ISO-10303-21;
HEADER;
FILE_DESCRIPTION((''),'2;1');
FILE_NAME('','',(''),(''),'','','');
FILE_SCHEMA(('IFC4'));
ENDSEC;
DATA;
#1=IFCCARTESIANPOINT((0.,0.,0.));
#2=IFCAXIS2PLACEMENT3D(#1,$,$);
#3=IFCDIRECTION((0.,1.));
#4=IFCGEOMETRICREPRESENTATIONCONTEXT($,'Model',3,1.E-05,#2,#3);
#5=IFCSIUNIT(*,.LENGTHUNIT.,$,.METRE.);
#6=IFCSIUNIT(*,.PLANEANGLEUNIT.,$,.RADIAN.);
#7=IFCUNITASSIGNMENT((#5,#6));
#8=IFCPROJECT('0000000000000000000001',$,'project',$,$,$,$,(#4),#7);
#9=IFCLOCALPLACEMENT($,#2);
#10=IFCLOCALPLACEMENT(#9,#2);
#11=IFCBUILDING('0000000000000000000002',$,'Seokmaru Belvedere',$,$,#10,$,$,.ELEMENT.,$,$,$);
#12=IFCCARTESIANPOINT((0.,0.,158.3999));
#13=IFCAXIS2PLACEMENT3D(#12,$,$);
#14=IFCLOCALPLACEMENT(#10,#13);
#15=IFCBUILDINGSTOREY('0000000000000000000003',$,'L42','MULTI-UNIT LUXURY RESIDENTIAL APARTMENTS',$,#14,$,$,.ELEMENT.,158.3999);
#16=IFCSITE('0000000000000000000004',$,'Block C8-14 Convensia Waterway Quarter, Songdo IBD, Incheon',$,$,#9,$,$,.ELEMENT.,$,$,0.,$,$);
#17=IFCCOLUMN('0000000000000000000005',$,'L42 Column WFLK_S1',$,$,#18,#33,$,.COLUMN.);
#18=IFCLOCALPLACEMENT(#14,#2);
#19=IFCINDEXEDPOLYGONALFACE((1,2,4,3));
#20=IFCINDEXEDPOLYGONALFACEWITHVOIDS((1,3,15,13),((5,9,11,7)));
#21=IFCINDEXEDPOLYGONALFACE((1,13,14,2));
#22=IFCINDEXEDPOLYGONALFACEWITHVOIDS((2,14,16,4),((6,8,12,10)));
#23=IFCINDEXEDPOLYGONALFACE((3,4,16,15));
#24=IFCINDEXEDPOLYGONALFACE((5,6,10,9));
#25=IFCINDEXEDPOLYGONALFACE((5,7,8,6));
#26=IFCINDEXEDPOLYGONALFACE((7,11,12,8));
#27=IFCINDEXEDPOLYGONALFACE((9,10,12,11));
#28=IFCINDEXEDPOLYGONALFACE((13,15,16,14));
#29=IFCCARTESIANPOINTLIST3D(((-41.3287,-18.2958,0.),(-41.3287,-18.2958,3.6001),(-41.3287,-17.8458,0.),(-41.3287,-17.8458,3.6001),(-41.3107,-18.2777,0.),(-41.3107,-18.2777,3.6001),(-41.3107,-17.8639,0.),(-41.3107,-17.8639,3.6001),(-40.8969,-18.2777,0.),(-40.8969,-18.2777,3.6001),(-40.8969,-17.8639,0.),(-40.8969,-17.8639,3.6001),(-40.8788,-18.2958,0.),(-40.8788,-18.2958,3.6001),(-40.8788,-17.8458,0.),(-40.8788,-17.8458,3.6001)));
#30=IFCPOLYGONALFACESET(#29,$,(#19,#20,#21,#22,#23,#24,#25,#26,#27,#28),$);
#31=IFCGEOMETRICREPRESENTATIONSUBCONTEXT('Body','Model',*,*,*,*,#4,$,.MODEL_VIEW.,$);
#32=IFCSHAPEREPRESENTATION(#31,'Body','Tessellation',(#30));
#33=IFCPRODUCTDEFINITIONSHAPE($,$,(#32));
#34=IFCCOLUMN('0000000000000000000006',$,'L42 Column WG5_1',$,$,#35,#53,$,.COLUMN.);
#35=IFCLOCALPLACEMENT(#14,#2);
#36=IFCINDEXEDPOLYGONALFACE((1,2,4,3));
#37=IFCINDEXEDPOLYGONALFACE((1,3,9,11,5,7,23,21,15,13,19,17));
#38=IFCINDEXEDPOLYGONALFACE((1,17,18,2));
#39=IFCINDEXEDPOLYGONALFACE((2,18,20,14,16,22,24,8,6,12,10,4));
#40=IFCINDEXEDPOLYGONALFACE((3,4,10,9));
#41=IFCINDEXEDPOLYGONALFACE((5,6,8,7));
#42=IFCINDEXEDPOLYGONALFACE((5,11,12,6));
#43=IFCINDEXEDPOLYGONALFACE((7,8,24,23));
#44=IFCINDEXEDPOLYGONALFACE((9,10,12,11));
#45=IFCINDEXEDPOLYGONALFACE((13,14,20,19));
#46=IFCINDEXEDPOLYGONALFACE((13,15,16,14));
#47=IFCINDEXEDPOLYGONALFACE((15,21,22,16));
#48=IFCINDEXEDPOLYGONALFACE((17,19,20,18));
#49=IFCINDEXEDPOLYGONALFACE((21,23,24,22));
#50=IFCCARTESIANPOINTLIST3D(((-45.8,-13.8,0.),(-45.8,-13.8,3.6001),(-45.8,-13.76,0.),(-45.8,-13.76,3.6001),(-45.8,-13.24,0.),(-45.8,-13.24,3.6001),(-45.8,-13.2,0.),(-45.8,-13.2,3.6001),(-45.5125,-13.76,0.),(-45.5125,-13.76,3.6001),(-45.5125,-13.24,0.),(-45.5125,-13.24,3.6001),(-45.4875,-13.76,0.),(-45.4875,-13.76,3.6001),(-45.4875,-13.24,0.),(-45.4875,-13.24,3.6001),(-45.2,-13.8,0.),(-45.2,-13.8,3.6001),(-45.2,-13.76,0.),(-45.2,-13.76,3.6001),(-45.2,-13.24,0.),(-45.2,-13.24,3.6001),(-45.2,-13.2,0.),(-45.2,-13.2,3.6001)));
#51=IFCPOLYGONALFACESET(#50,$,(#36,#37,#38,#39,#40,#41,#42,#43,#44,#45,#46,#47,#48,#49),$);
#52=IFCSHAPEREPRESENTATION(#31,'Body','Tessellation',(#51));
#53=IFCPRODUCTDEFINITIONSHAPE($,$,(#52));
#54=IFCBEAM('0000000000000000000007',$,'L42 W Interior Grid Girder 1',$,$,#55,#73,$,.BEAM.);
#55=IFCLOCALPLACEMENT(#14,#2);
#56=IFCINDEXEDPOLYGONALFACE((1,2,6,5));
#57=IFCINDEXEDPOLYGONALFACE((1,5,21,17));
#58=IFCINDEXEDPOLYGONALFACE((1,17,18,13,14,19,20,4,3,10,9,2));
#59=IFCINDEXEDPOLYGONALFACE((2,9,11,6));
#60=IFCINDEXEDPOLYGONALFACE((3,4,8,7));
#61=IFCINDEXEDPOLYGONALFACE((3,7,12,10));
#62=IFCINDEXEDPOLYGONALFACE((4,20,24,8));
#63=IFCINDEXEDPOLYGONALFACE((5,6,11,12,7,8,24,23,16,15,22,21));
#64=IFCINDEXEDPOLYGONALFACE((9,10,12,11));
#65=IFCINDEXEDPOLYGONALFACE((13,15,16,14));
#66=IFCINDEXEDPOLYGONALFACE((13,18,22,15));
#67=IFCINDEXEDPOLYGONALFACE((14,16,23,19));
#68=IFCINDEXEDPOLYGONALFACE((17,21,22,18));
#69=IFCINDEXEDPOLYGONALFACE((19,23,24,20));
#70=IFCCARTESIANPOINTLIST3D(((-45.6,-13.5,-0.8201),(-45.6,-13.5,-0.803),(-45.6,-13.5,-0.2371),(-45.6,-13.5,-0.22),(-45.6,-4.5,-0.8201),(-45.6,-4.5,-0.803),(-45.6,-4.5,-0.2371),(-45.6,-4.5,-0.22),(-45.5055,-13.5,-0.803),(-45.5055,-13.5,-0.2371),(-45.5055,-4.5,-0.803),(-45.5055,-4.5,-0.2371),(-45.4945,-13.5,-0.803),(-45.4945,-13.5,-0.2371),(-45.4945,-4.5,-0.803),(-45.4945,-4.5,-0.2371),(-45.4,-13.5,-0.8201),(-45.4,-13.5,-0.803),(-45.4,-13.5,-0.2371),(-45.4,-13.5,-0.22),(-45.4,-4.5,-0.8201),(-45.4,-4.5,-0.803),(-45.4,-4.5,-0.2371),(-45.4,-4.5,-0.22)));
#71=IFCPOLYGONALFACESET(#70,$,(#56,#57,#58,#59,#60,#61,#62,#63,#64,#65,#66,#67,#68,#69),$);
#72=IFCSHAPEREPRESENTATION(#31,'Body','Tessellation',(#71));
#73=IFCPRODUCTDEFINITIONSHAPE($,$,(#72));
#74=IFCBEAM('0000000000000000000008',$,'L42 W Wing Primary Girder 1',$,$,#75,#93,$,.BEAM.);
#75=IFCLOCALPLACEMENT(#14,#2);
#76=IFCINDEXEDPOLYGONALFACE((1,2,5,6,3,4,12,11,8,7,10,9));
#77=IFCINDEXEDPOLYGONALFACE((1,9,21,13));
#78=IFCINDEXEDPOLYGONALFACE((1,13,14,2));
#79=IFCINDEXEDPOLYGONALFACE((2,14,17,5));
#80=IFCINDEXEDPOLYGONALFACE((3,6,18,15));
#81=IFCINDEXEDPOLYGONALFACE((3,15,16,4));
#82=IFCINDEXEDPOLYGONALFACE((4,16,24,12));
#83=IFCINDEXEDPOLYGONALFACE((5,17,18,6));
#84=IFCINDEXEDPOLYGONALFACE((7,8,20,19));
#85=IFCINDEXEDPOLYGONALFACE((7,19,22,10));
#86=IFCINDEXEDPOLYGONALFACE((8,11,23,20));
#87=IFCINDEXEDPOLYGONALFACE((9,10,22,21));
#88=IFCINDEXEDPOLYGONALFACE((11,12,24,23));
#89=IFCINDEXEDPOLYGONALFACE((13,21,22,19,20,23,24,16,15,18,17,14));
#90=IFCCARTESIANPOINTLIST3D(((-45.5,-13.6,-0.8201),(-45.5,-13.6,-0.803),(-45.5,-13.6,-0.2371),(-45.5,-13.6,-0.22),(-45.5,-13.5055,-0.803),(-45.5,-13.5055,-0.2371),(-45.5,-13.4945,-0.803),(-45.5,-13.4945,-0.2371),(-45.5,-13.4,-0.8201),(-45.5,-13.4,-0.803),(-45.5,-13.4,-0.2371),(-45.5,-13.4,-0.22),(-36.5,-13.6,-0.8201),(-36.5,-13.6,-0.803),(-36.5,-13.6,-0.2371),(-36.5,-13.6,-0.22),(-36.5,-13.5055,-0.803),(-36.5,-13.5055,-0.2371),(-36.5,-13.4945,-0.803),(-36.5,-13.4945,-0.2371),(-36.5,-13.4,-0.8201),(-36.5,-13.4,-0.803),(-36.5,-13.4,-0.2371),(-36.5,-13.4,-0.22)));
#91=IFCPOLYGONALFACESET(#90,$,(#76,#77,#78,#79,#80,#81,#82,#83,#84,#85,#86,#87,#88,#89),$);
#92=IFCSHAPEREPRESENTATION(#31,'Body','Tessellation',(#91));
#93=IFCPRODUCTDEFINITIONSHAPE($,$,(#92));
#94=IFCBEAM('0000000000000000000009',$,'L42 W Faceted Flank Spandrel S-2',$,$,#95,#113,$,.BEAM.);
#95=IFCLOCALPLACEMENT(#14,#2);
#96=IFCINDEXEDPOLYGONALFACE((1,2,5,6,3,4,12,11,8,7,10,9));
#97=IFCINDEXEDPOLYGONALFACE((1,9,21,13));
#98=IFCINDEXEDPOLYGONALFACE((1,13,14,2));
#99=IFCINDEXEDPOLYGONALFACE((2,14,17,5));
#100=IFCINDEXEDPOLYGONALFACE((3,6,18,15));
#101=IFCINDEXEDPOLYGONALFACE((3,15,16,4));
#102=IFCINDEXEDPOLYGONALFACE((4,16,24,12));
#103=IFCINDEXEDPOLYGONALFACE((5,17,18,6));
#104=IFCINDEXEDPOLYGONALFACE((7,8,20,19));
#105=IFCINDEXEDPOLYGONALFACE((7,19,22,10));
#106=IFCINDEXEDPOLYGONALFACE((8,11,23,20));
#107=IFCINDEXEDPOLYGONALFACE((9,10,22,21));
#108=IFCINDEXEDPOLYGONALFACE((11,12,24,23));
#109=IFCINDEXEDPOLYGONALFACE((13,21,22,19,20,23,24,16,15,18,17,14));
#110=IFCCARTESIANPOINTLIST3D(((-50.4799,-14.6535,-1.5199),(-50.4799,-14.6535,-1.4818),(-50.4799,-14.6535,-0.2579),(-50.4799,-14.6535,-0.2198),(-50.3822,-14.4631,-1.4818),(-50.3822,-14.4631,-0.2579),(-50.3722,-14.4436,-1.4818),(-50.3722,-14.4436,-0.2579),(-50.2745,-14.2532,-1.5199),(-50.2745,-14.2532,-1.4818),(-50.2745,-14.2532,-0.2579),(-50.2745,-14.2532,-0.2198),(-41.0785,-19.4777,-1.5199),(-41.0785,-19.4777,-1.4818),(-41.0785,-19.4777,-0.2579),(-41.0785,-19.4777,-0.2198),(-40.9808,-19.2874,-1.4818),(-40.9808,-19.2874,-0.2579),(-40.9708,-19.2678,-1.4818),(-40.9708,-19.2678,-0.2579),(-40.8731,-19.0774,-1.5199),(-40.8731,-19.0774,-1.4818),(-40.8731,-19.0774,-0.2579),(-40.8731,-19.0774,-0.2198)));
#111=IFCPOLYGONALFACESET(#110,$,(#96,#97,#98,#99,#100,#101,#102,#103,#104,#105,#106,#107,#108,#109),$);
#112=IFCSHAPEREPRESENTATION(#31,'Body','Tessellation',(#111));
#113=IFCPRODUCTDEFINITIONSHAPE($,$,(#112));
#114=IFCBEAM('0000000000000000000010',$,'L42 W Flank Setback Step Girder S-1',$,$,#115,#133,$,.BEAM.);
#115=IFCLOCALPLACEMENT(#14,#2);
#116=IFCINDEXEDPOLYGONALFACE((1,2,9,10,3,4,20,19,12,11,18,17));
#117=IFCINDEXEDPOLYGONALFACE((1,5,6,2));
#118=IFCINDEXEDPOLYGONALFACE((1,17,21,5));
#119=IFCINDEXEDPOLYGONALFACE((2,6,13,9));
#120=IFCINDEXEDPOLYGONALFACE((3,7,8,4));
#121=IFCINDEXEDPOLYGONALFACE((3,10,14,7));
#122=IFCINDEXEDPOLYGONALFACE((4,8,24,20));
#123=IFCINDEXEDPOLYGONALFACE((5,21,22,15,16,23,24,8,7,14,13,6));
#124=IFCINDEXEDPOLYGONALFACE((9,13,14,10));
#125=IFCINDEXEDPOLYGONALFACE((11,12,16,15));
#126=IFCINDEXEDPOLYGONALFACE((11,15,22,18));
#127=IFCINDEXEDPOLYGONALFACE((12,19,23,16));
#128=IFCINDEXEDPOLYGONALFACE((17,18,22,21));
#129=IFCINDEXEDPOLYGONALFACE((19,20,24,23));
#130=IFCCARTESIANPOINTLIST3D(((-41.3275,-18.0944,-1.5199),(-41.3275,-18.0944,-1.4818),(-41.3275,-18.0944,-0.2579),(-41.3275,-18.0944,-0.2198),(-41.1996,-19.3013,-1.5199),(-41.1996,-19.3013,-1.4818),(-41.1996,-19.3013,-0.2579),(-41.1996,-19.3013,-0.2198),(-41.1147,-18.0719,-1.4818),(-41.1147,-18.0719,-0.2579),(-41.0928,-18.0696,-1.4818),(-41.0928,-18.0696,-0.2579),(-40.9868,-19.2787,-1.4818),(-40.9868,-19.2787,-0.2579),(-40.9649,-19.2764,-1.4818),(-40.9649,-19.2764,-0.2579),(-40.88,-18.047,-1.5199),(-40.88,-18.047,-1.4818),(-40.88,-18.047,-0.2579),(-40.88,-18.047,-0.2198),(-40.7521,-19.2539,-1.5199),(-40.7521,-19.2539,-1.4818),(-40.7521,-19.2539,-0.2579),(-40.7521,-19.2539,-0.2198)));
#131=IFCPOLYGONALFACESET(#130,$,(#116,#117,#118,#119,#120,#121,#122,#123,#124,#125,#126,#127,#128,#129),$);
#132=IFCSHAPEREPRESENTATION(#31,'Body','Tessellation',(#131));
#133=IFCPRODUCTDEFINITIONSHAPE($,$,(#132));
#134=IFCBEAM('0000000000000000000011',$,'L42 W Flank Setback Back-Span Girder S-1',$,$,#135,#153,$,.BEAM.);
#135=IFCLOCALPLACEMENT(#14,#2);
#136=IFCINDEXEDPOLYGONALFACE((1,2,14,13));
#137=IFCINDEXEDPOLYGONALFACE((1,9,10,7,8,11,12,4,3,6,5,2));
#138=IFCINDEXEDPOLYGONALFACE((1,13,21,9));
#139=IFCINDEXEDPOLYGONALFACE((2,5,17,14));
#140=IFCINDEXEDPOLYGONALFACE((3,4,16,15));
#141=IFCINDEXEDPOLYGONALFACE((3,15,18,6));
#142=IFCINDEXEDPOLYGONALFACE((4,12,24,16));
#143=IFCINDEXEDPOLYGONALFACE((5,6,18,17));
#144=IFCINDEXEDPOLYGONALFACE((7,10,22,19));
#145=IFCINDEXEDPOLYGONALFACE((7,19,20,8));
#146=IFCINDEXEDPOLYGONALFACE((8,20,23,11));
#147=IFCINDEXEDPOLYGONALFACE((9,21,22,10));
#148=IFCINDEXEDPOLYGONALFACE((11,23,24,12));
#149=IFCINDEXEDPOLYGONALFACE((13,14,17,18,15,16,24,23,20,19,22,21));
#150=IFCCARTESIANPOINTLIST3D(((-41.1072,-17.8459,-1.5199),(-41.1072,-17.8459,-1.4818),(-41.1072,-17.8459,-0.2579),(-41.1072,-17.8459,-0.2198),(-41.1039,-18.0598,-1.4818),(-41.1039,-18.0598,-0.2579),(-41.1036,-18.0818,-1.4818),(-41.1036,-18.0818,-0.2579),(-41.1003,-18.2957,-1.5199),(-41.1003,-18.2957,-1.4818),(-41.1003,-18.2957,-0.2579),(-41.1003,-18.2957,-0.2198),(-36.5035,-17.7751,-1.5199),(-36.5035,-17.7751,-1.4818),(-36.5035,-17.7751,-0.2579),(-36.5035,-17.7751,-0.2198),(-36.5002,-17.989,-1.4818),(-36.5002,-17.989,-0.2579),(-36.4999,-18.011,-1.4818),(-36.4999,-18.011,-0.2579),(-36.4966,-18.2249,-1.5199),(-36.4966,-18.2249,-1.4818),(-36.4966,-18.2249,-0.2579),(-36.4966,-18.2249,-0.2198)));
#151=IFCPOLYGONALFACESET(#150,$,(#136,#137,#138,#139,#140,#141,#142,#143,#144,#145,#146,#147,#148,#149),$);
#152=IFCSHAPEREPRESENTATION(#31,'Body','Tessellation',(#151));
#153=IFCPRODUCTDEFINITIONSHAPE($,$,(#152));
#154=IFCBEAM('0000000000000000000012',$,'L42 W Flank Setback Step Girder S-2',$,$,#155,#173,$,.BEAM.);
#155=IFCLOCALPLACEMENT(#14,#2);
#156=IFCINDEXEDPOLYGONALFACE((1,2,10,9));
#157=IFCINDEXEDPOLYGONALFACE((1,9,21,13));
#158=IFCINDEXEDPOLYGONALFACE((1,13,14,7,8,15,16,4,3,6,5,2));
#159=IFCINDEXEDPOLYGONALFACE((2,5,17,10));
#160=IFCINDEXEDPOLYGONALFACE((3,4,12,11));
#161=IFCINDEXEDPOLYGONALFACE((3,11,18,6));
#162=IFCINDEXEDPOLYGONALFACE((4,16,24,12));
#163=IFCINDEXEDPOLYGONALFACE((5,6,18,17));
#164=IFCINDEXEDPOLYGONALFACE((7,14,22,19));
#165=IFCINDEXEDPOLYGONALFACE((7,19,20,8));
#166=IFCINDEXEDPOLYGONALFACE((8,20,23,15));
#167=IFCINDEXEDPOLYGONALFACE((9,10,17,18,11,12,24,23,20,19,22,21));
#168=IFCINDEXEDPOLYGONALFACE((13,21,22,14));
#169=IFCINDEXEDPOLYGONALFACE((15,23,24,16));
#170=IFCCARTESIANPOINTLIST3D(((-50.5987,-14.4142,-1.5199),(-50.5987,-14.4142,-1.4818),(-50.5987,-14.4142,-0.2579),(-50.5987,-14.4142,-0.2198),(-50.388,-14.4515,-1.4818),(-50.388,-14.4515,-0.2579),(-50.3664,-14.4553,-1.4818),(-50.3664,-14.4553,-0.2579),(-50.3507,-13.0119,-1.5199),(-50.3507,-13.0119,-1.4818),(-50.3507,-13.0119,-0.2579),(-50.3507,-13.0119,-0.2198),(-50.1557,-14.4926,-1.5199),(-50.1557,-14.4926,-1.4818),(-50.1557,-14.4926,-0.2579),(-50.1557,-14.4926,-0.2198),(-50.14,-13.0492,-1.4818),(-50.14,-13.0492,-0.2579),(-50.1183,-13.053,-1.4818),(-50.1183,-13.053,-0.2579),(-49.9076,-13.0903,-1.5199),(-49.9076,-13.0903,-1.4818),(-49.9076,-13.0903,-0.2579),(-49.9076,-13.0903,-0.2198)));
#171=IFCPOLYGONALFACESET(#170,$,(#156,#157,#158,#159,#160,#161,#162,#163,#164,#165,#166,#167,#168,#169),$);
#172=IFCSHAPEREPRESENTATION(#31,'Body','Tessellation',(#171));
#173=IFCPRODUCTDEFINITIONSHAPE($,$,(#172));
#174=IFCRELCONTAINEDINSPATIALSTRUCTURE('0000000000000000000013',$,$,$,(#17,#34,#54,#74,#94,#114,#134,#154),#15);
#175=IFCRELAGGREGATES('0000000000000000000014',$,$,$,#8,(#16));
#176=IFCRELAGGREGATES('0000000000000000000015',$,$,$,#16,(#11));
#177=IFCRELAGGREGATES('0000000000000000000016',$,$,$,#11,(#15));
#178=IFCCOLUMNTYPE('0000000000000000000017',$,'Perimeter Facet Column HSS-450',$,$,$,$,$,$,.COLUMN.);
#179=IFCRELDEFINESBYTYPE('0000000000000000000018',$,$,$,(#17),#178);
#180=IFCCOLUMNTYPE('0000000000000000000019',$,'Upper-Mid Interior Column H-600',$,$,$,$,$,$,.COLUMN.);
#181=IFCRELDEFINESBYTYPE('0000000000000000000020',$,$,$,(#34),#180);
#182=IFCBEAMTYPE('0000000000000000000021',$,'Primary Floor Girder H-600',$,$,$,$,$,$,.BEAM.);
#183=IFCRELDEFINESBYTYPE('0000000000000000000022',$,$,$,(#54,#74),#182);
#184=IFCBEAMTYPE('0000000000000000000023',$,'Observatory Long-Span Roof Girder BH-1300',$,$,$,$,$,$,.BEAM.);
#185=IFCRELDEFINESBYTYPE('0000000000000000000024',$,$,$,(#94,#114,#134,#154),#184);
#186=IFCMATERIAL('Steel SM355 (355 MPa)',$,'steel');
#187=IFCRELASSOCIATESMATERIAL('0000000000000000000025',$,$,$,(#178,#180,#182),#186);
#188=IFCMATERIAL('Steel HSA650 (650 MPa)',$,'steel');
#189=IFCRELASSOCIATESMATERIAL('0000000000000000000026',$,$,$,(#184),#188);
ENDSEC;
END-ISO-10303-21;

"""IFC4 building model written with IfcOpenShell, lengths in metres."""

from ifc_helpers import new_model, si_unit, direction, frame, origin, origin_2d, place, context, subcontext, project, spatial, hollow_rectangle, i_section, extrude, source, transform, mapped, material, material_profile, profile_set, type_object, type_shapes, element, save


model = new_model("IFC4")

# Units and contexts
model_context = context("Model", 3, precision=1e-05, world=origin(), true_north=direction((0.0, 1.0)))
body_context = subcontext(model_context, "Body", "Model", "MODEL_VIEW")
ifc_project = project(units=[si_unit("LENGTHUNIT", "METRE"), si_unit("PLANEANGLEUNIT", "RADIAN")], contexts=[model_context])

# Site, building, storey
site_placement = place(None, origin())
site = spatial("IfcSite", under=ifc_project, at=site_placement, Name="Block C8-14 Convensia Waterway Quarter, Songdo IBD, Incheon", CompositionType="ELEMENT", RefElevation=0.0)
building_placement = place(site_placement, origin())
building = spatial("IfcBuilding", under=site, at=building_placement, Name="Seokmaru Belvedere", CompositionType="ELEMENT")
storey_placement = place(building_placement, frame((0.0, 0.0, 158.3999)))
storey = spatial("IfcBuildingStorey", under=building, at=storey_placement, Name="L42", Description="MULTI-UNIT LUXURY RESIDENTIAL APARTMENTS", CompositionType="ELEMENT", Elevation=158.3999)

# Columns
ifc_material_1 = material(Name="Steel SM355 (355 MPa)", Category="steel")
ifc_material_profile_1 = material_profile(ifc_material_1, hollow_rectangle(XDim=0.45, YDim=0.45, WallThickness=0.0181, at=origin_2d()), Name="HSS-450x450x18")
ifc_profile_set_1 = profile_set([ifc_material_profile_1], Name="Steel SM355 (355 MPa)")
column_type_1 = type_object("IfcColumnType", Name="Perimeter Facet Column HSS-450", PredefinedType="COLUMN", material=ifc_profile_set_1)
shared_shape_1 = source(origin(), body_context, "Body", "SweptSolid", [
    extrude(hollow_rectangle(XDim=0.45, YDim=0.45, WallThickness=0.0181, at=origin_2d()), origin(), (0.0, 0.0, 1.0), 3.6001),
])
type_shapes(column_type_1, [shared_shape_1])
column_1_placement = place(storey_placement, frame((-41.1038, -18.0708, 0.0), z_axis=(0.0, 0.0, 1.0), x_axis=(1.0, 0.0, 0.0)))
element("IfcColumn", 1, at=column_1_placement, inside=storey, type_object=column_type_1, Name="L42 Column WFLK_S1", PredefinedType="COLUMN", context=body_context, shape_type="MappedRepresentation", body=[
    mapped(shared_shape_1, transform((0.0, 0.0, 0.0), scale=1.0)),
])
ifc_material_profile_2 = material_profile(ifc_material_1, i_section(OverallWidth=0.6001, OverallDepth=0.6001, WebThickness=0.0249, FlangeThickness=0.04, at=origin_2d()), Name="H-600x600x25x40")
ifc_profile_set_2 = profile_set([ifc_material_profile_2], Name="Steel SM355 (355 MPa)")
column_type_2 = type_object("IfcColumnType", Name="Upper-Mid Interior Column H-600", PredefinedType="COLUMN", material=ifc_profile_set_2)
shared_shape_2 = source(origin(), body_context, "Body", "SweptSolid", [
    extrude(i_section(OverallWidth=0.6001, OverallDepth=0.6001, WebThickness=0.0249, FlangeThickness=0.04, at=origin_2d()), origin(), (0.0, 0.0, 1.0), 3.6001),
])
type_shapes(column_type_2, [shared_shape_2])
column_2_placement = place(storey_placement, frame((-45.5, -13.5, 0.0), z_axis=(0.0, 0.0, 1.0), x_axis=(1.0, 0.0, 0.0)))
element("IfcColumn", 2, at=column_2_placement, inside=storey, type_object=column_type_2, Name="L42 Column WG5_1", PredefinedType="COLUMN", context=body_context, shape_type="MappedRepresentation", body=[
    mapped(shared_shape_2, transform((0.0, 0.0, 0.0), scale=1.0)),
])

# Beams
ifc_material_profile_3 = material_profile(ifc_material_1, i_section(OverallWidth=0.2, OverallDepth=0.6001, WebThickness=0.011, FlangeThickness=0.0171, at=origin_2d()), Name="H-600x200x11x17")
ifc_profile_set_3 = profile_set([ifc_material_profile_3], Name="Steel SM355 (355 MPa)")
beam_type_1 = type_object("IfcBeamType", Name="Primary Floor Girder H-600", PredefinedType="BEAM", material=ifc_profile_set_3)
shared_shape_3 = source(origin(), body_context, "Body", "SweptSolid", [
    extrude(i_section(OverallWidth=0.2, OverallDepth=0.6001, WebThickness=0.011, FlangeThickness=0.0171, at=origin_2d()), origin(), (0.0, 0.0, 1.0), 9.0),
])
type_shapes(beam_type_1, [shared_shape_3])
for number, where, z_axis, x_axis, name in (
    (3, (-45.5, -13.5, -0.52), (0.0, 1.0, 0.0), (-1.0, 0.0, 0.0), "L42 W Interior Grid Girder 1"),
    (4, (-45.5, -13.5, -0.52), (1.0, 0.0, 0.0), (0.0, 1.0, 0.0), "L42 W Wing Primary Girder 1"),
):
    element("IfcBeam", number, at=place(storey_placement, frame(where, z_axis=z_axis, x_axis=x_axis)), inside=storey, type_object=beam_type_1, Name=name, PredefinedType="BEAM", context=body_context, shape_type="MappedRepresentation", body=[
        mapped(shared_shape_3, transform((0.0, 0.0, 0.0), scale=1.0)),
    ])
ifc_material_2 = material(Name="Steel HSA650 (650 MPa)", Category="steel")
ifc_material_profile_4 = material_profile(ifc_material_2, i_section(OverallWidth=0.45, OverallDepth=1.3, WebThickness=0.022, FlangeThickness=0.0381, at=origin_2d()), Name="BH-1300x450x22x38")
ifc_profile_set_4 = profile_set([ifc_material_profile_4], Name="Steel HSA650 (650 MPa)")
beam_type_2 = type_object("IfcBeamType", Name="Observatory Long-Span Roof Girder BH-1300", PredefinedType="BEAM", material=ifc_profile_set_4)
shared_shape_4 = source(origin(), body_context, "Body", "SweptSolid", [
    extrude(i_section(OverallWidth=0.45, OverallDepth=1.3, WebThickness=0.022, FlangeThickness=0.0381, at=origin_2d()), origin(), (0.0, 0.0, 1.0), 10.5669),
])
beam_1_placement = place(storey_placement, frame((-40.9758, -19.2776, -0.8699), z_axis=(-0.889702, 0.456542, 0.0), x_axis=(-0.456542, -0.889702, 0.0)))
element("IfcBeam", 5, at=beam_1_placement, inside=storey, type_object=beam_type_2, Name="L42 W Faceted Flank Spandrel S-2", PredefinedType="BEAM", context=body_context, shape_type="MappedRepresentation", body=[
    mapped(shared_shape_4, transform((0.0, 0.0, 0.0), scale=1.0)),
])
shared_shape_5 = source(origin(), body_context, "Body", "SweptSolid", [
    extrude(i_section(OverallWidth=0.45, OverallDepth=1.3, WebThickness=0.022, FlangeThickness=0.0381, at=origin_2d()), origin(), (0.0, 0.0, 1.0), 1.2136),
])
beam_2_placement = place(storey_placement, frame((-40.9758, -19.2776, -0.8699), z_axis=(-0.105418, 0.994428, 0.0), x_axis=(-0.994428, -0.105418, 0.0)))
element("IfcBeam", 6, at=beam_2_placement, inside=storey, type_object=beam_type_2, Name="L42 W Flank Setback Step Girder S-1", PredefinedType="BEAM", context=body_context, shape_type="MappedRepresentation", body=[
    mapped(shared_shape_5, transform((0.0, 0.0, 0.0), scale=1.0)),
])
shared_shape_6 = source(origin(), body_context, "Body", "SweptSolid", [
    extrude(i_section(OverallWidth=0.45, OverallDepth=1.3, WebThickness=0.022, FlangeThickness=0.0381, at=origin_2d()), origin(), (0.0, 0.0, 1.0), 4.6042),
])
beam_3_placement = place(storey_placement, frame((-41.1038, -18.0708, -0.8699), z_axis=(0.999882, 0.015377, 0.0), x_axis=(-0.015377, 0.999882, 0.0)))
element("IfcBeam", 7, at=beam_3_placement, inside=storey, type_object=beam_type_2, Name="L42 W Flank Setback Back-Span Girder S-1", PredefinedType="BEAM", context=body_context, shape_type="MappedRepresentation", body=[
    mapped(shared_shape_6, transform((0.0, 0.0, 0.0), scale=1.0)),
])
shared_shape_7 = source(origin(), body_context, "Body", "SweptSolid", [
    extrude(i_section(OverallWidth=0.45, OverallDepth=1.3, WebThickness=0.022, FlangeThickness=0.0381, at=origin_2d()), origin(), (0.0, 0.0, 1.0), 1.4241),
])
type_shapes(beam_type_2, [shared_shape_4, shared_shape_5, shared_shape_6, shared_shape_7])
beam_4_placement = place(storey_placement, frame((-50.3772, -14.4534, -0.8699), z_axis=(0.174177, 0.984714, 0.0), x_axis=(-0.984714, 0.174177, 0.0)))
element("IfcBeam", 8, at=beam_4_placement, inside=storey, type_object=beam_type_2, Name="L42 W Flank Setback Step Girder S-2", PredefinedType="BEAM", context=body_context, shape_type="MappedRepresentation", body=[
    mapped(shared_shape_7, transform((0.0, 0.0, 0.0), scale=1.0)),
])

save(model, "model.ifc")
